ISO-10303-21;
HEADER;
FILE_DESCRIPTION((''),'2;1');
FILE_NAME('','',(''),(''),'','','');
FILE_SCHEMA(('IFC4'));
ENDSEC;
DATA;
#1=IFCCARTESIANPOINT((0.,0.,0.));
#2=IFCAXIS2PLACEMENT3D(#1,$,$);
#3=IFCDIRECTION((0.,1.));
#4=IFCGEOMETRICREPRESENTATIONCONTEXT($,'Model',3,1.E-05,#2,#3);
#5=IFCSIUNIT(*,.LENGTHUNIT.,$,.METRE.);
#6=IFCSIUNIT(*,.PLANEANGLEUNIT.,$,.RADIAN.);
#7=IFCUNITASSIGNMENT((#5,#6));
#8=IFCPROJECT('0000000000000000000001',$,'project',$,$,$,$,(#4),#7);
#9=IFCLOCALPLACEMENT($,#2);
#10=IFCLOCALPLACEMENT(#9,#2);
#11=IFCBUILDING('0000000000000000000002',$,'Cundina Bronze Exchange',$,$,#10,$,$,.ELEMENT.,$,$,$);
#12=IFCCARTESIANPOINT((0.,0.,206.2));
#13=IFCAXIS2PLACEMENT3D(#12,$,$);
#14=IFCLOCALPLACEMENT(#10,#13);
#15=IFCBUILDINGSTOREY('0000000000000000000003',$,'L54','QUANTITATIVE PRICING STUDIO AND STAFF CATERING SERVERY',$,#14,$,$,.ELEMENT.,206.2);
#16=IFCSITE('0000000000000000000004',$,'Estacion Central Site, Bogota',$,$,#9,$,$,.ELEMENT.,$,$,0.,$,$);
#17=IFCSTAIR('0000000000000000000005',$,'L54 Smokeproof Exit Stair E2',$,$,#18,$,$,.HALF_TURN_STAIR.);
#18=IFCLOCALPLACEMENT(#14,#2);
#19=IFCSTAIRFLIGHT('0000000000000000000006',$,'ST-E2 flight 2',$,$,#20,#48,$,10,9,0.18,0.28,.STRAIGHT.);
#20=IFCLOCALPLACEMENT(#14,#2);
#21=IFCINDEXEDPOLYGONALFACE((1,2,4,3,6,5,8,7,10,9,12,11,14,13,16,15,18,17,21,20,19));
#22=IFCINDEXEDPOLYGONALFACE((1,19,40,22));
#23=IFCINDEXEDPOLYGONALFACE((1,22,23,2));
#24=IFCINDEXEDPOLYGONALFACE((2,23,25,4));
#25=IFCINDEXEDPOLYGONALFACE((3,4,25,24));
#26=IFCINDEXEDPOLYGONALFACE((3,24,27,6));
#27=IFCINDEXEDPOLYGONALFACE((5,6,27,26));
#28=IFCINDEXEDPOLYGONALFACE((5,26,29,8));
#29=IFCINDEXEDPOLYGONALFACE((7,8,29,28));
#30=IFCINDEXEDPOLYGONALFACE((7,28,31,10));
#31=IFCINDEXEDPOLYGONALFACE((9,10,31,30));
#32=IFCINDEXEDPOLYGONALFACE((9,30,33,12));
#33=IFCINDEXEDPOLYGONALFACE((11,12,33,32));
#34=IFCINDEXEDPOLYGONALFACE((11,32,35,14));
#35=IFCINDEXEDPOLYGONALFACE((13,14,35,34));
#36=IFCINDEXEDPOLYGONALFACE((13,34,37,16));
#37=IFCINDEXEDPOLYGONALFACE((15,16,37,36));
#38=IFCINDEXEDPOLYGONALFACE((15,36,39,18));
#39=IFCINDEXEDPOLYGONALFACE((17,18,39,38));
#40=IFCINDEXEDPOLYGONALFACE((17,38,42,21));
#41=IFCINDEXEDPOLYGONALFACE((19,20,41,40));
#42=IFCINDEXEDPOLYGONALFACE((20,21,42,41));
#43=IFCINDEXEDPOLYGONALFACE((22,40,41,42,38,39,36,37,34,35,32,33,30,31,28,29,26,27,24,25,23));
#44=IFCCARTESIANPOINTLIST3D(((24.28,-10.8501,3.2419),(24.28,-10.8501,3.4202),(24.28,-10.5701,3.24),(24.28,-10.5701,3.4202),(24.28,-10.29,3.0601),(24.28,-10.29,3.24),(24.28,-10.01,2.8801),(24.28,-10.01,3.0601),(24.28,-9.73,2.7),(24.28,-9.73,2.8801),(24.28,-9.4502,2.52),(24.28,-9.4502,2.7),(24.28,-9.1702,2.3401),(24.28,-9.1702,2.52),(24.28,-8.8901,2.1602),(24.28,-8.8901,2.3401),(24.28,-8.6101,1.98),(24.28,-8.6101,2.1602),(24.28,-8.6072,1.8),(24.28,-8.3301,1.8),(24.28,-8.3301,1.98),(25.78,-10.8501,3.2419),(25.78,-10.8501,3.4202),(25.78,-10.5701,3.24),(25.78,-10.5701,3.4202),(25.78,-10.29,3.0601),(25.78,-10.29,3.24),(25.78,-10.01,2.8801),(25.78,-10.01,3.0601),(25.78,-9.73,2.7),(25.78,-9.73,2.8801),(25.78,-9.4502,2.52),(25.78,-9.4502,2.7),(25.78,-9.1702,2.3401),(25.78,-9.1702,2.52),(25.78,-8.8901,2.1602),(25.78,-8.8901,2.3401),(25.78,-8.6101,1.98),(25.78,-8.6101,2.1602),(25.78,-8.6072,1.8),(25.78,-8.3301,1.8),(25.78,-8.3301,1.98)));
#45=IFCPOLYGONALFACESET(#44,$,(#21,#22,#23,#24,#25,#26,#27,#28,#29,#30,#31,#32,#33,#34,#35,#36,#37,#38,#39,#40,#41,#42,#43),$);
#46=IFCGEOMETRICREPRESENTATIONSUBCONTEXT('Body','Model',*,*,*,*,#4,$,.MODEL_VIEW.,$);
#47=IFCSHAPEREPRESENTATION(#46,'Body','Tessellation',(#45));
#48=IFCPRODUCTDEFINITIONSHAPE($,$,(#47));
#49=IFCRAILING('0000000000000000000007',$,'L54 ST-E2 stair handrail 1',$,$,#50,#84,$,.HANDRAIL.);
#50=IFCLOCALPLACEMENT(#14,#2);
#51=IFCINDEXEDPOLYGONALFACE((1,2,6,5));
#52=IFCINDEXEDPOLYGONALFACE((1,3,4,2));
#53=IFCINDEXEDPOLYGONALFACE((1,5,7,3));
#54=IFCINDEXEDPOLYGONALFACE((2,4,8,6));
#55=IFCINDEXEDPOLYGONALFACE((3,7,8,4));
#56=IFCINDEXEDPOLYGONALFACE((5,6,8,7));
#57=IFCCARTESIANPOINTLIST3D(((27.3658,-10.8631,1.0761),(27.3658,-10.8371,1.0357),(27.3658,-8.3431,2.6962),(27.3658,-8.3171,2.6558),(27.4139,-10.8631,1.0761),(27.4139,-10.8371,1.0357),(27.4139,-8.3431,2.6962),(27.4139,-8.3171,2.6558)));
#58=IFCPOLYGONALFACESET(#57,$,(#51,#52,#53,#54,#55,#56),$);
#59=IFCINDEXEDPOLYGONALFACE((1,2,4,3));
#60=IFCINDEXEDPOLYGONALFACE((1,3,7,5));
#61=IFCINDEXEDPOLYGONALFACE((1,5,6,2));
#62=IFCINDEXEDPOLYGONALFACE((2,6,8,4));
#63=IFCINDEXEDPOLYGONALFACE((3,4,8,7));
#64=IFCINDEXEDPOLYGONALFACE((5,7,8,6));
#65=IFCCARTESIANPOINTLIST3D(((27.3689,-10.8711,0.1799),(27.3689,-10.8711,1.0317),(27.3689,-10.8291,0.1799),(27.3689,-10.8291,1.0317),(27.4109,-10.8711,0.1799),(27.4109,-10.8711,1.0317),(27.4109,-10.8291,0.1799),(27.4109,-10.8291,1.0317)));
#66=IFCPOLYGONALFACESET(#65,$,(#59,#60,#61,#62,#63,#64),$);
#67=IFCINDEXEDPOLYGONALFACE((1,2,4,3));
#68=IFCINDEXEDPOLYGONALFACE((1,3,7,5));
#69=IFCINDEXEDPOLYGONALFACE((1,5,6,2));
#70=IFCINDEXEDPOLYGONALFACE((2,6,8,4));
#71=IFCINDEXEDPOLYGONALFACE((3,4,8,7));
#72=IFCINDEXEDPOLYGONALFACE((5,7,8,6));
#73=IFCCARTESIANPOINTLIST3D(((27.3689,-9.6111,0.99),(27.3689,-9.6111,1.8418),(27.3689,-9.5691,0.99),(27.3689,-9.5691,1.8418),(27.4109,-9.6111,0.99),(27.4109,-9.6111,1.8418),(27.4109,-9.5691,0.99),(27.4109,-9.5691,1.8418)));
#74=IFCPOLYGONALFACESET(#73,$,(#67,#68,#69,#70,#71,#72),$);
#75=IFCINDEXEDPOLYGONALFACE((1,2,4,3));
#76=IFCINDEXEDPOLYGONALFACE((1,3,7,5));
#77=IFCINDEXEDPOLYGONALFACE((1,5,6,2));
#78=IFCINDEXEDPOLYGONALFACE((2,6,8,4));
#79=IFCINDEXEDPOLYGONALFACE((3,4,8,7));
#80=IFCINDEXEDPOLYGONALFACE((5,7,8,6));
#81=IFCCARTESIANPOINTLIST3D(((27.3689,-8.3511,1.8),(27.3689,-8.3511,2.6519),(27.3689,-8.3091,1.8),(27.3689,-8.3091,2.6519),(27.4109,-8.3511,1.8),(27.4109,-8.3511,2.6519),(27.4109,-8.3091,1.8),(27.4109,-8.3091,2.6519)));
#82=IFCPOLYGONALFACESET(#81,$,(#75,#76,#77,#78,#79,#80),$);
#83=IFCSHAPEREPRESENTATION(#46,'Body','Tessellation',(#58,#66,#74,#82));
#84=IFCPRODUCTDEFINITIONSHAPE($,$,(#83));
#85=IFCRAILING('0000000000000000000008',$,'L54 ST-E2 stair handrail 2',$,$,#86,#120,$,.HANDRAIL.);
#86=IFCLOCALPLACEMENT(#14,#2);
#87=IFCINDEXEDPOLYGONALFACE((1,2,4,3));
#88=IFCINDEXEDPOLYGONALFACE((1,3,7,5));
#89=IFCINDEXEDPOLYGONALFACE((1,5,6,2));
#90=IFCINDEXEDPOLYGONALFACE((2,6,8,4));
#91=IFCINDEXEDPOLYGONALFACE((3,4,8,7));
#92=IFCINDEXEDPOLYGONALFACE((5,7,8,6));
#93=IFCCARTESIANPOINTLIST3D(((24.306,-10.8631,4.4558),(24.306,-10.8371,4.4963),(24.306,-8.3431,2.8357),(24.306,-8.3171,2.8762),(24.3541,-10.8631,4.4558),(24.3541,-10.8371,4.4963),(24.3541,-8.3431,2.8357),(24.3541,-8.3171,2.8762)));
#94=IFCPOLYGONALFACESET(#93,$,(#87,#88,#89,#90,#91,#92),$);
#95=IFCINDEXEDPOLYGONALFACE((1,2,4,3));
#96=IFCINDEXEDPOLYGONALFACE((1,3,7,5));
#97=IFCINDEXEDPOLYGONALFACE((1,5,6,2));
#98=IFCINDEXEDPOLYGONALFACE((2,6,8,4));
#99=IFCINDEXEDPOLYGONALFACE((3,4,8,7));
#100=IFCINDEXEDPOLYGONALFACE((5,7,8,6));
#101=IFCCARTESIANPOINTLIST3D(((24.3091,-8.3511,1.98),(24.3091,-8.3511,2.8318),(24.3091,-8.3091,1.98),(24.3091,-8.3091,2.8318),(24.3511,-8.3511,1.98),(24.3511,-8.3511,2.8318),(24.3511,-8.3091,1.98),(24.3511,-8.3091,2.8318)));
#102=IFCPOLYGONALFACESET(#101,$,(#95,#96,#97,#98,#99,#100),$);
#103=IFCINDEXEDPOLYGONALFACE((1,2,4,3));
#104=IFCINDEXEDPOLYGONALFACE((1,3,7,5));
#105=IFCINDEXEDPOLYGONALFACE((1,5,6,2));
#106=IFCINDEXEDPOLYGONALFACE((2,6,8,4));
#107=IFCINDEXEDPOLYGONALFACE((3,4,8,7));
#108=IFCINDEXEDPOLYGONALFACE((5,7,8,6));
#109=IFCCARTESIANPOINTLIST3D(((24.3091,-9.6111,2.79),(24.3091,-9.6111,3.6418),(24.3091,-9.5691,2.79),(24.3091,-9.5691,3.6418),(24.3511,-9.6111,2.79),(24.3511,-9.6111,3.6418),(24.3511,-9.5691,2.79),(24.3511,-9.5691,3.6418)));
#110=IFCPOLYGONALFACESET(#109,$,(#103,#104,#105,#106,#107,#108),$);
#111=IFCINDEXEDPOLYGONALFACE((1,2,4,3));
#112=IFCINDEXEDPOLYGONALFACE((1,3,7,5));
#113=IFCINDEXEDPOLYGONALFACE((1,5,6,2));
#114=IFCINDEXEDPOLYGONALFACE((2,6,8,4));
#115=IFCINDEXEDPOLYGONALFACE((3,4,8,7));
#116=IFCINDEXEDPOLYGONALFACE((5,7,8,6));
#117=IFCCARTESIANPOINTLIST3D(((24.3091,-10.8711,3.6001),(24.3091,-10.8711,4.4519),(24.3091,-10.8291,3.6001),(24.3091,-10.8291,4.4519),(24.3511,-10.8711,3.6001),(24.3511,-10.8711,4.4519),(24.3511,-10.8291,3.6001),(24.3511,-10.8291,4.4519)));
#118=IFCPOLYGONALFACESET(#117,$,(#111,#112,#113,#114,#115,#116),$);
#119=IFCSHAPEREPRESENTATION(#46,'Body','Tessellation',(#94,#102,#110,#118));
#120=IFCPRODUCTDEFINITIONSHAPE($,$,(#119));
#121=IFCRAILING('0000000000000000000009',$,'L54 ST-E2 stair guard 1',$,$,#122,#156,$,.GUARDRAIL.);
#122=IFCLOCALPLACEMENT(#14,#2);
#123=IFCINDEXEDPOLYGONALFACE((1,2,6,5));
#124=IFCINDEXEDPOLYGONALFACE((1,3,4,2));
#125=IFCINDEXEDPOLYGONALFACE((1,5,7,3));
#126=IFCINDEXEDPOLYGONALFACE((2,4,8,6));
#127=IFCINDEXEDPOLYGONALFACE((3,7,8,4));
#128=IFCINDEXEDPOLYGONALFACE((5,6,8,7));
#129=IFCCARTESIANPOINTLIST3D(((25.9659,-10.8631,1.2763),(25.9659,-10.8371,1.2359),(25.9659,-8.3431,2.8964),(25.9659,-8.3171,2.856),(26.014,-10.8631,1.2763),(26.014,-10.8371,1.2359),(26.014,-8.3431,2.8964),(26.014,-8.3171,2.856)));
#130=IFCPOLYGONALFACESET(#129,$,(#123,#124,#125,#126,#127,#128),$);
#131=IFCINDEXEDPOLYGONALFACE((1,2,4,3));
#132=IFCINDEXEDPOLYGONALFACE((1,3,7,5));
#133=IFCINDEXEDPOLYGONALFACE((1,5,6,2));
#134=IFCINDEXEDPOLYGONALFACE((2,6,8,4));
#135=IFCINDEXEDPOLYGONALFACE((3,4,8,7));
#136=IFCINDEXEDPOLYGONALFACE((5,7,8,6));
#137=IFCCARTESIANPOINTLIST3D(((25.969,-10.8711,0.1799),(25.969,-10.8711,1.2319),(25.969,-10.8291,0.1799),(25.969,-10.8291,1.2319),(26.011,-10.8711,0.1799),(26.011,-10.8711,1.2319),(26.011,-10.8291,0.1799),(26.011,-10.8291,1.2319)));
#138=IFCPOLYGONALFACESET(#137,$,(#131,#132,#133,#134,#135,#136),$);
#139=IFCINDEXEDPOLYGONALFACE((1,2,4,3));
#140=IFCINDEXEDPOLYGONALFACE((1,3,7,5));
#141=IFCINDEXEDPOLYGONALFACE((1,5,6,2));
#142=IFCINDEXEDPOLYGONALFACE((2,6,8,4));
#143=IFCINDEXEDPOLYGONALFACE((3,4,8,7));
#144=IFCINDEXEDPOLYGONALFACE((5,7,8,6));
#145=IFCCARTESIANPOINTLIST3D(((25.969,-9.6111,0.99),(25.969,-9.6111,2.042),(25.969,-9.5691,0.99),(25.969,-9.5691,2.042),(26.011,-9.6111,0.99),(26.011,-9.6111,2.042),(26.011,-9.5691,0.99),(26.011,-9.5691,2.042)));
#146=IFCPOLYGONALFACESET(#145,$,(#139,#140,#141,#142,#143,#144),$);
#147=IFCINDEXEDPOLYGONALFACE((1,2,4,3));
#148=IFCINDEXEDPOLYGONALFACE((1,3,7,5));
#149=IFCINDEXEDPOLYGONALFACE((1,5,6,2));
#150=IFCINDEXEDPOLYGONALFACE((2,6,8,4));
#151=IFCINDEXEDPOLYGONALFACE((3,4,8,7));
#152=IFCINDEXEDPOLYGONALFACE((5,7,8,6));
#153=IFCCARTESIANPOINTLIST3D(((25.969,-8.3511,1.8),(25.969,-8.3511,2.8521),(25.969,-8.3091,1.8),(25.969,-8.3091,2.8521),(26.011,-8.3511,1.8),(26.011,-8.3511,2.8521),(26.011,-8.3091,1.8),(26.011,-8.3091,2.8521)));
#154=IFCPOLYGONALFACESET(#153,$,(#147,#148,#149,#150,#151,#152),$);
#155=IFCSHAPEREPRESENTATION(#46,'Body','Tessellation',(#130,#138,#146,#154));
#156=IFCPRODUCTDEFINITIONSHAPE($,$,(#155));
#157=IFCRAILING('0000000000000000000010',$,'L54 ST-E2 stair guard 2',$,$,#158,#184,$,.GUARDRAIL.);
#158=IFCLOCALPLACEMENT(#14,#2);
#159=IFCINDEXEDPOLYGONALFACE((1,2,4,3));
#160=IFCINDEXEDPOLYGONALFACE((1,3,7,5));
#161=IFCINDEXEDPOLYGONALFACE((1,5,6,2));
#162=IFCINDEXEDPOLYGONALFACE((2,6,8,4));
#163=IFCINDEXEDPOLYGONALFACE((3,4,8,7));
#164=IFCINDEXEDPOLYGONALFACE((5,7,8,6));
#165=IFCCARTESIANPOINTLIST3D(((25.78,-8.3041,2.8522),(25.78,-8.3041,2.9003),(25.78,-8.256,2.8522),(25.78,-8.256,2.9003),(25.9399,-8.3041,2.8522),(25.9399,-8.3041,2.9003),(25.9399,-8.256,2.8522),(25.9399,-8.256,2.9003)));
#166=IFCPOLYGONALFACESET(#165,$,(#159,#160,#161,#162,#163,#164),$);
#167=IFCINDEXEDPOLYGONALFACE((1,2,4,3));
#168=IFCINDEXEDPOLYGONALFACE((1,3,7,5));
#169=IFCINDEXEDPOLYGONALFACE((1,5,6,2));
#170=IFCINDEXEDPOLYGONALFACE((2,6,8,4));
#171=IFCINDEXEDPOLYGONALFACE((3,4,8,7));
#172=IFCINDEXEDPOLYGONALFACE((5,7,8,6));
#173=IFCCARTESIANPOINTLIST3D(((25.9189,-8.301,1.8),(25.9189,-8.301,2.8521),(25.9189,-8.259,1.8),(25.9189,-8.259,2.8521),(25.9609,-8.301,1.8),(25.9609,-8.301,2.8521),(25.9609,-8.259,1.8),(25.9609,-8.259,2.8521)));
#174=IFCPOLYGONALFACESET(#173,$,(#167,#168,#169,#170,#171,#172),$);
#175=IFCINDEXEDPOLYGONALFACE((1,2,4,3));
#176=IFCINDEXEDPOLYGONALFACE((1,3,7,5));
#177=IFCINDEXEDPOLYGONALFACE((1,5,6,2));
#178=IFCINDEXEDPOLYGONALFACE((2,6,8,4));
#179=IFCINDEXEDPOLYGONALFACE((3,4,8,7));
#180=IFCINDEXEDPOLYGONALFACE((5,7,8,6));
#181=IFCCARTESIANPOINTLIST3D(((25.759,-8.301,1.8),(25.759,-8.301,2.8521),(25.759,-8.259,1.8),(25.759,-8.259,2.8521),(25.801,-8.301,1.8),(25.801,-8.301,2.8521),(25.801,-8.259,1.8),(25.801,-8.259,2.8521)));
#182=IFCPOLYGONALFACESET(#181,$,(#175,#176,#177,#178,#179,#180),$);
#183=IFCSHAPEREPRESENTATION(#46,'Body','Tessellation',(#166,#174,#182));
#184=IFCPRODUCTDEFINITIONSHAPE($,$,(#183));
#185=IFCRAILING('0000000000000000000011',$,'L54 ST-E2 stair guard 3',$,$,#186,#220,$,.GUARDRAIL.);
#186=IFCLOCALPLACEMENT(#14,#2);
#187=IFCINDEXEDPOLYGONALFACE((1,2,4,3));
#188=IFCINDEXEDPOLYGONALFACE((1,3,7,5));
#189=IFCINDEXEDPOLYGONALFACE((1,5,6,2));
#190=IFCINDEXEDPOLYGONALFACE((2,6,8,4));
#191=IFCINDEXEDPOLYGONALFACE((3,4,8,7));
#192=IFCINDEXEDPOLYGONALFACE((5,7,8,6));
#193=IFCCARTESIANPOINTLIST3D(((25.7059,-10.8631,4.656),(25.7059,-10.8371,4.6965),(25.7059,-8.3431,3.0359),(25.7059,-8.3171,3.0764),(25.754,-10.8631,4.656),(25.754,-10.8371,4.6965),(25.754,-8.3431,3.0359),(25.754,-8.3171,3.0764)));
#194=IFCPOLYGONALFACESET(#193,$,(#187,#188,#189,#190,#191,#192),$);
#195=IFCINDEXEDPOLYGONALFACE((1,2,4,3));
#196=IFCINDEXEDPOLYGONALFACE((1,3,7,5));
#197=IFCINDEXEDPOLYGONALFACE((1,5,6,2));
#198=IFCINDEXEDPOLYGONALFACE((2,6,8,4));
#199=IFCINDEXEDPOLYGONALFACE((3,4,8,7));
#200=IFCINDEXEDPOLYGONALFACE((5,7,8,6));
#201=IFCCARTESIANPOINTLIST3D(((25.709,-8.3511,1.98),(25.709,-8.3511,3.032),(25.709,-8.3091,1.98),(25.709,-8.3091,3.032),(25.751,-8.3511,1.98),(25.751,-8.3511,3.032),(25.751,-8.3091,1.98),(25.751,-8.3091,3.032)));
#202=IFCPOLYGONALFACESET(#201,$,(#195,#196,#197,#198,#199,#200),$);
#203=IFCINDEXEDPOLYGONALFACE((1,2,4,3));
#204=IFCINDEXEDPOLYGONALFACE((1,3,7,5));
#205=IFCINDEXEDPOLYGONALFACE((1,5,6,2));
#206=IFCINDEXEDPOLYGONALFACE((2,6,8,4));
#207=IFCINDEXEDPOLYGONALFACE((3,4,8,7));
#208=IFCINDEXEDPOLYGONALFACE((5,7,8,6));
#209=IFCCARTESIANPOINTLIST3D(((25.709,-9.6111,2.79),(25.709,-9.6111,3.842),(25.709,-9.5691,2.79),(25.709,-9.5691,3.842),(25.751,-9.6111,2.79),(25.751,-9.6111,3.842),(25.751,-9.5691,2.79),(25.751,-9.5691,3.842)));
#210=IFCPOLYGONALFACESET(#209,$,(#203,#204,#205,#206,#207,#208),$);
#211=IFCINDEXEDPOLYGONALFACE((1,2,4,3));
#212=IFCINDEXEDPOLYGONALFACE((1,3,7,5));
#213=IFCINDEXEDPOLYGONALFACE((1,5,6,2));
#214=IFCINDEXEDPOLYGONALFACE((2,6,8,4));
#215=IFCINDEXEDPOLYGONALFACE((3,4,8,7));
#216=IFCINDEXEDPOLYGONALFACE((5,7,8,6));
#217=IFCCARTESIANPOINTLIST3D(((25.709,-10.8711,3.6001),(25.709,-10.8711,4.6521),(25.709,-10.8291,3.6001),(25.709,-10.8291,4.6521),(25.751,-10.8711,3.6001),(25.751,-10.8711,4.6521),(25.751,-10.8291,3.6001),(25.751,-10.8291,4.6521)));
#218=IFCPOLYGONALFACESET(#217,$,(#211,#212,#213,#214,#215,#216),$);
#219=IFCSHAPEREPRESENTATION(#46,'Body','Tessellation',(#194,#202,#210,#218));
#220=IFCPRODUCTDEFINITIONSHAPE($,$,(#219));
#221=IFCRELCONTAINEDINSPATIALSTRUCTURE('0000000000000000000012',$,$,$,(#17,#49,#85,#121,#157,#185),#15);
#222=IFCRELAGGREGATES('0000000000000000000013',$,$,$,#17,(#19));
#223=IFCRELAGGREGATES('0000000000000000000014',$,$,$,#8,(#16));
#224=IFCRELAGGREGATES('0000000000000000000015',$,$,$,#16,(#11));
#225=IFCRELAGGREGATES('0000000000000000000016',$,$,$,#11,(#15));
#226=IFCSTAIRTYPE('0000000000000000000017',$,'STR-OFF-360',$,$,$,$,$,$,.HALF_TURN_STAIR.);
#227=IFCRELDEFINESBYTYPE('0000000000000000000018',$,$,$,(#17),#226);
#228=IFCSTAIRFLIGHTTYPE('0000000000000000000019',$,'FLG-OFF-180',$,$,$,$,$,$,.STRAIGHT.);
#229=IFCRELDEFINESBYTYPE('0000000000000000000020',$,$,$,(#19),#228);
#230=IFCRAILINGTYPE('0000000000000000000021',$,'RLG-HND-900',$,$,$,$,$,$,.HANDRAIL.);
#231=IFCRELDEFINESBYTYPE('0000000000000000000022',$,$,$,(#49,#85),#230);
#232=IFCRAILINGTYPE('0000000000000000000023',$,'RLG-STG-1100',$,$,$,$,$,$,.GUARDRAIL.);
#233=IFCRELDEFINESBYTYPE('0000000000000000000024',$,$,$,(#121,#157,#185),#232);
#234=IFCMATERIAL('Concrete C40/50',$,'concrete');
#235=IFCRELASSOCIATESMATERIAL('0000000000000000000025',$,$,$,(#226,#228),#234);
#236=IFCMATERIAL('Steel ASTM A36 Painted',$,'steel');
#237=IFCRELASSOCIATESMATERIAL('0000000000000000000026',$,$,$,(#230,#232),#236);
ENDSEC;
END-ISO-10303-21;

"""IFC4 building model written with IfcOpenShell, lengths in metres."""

from ifc_helpers import new_model, si_unit, direction, frame, origin, origin_2d, place, context, subcontext, project, spatial, polyline, rectangle, outline, extrude, material, type_object, element, aggregate, save


model = new_model("IFC4")

# Units and contexts
model_context = context("Model", 3, precision=1e-05, world=origin(), true_north=direction((0.0, 1.0)))
body_context = subcontext(model_context, "Body", "Model", "MODEL_VIEW")
ifc_project = project(units=[si_unit("LENGTHUNIT", "METRE"), si_unit("PLANEANGLEUNIT", "RADIAN")], contexts=[model_context])

# Site, building, storey
site_placement = place(None, origin())
site = spatial("IfcSite", under=ifc_project, at=site_placement, Name="Estacion Central Site, Bogota", CompositionType="ELEMENT", RefElevation=0.0)
building_placement = place(site_placement, origin())
building = spatial("IfcBuilding", under=site, at=building_placement, Name="Cundina Bronze Exchange", CompositionType="ELEMENT")
storey_placement = place(building_placement, frame((0.0, 0.0, 206.2)))
storey = spatial("IfcBuildingStorey", under=building, at=storey_placement, Name="L54", Description="QUANTITATIVE PRICING STUDIO AND STAFF CATERING SERVERY", CompositionType="ELEMENT", Elevation=206.2)

# Shared definitions
ifc_material_1 = material(Name="Steel ASTM A36 Painted", Category="steel")

# Stair, stair flight
ifc_material_2 = material(Name="Concrete C40/50", Category="concrete")
stair_type = type_object("IfcStairType", Name="STR-OFF-360", PredefinedType="HALF_TURN_STAIR", material=ifc_material_2)
stair_placement = place(storey_placement, origin())
stair = element("IfcStair", 1, at=stair_placement, inside=storey, type_object=stair_type, Name="L54 Smokeproof Exit Stair E2", PredefinedType="HALF_TURN_STAIR")
stair_flight_type = type_object("IfcStairFlightType", Name="FLG-OFF-180", PredefinedType="STRAIGHT", material=ifc_material_2)
stair_flight_1_placement = place(storey_placement, frame((25.03, -8.3301, 1.8), z_axis=(0.0, 0.0, 1.0), x_axis=(0.0, -1.0, 0.0)))
stair_flight_1 = element("IfcStairFlight", 2, at=stair_flight_1_placement, type_object=stair_flight_type, Name="ST-E2 flight 2", NumberOfRisers=10, NumberOfTreads=9, PredefinedType="STRAIGHT", RiserHeight=0.18, TreadLength=0.28, context=body_context, shape_type="SweptSolid", body=[
    extrude(outline(polyline([(0.0, 0.0), (0.0, 0.1799), (0.28, 0.1799), (0.28, 0.3601), (0.5601, 0.3601), (0.5601, 0.54), (0.8401, 0.54), (0.8401, 0.72), (1.1201, 0.72), (1.1201, 0.8999), (1.3999, 0.8999), (1.3999, 1.0801), (1.6799, 1.0801), (1.6799, 1.26), (1.96, 1.26), (1.96, 1.4399), (2.24, 1.4399), (2.24, 1.6201), (2.52, 1.6201), (2.52, 1.8), (2.52, 1.4419), (0.2771, 0.0), (0.0, 0.0)])), frame((0.0, 0.75, 0.0), z_axis=(0.0, -1.0, 0.0), x_axis=(1.0, 0.0, 0.0)), (0.0, 0.0, 1.0), 1.5),
])
aggregate(stair, [stair_flight_1])

# Railings
railing_type_1 = type_object("IfcRailingType", Name="RLG-HND-900", PredefinedType="HANDRAIL", material=ifc_material_1)
railing_1_placement = place(storey_placement, frame((27.3899, -10.8501, 0.1799)))
element("IfcRailing", 3, at=railing_1_placement, inside=storey, type_object=railing_type_1, Name="L54 ST-E2 stair handrail 1", PredefinedType="HANDRAIL", context=body_context, shape_type="SweptSolid", body=[
    extrude(rectangle(XDim=0.0481, YDim=0.0481, at=origin_2d()), frame((0.0, 0.0, 0.876), z_axis=(0.0, 0.841163, 0.540782), x_axis=(-1.0, 0.0, 0.0)), (0.0, 0.0, 1.0), 2.9958),
    extrude(rectangle(XDim=0.042, YDim=0.042, at=origin_2d()), origin(), (0.0, 0.0, 1.0), 0.8518),
    extrude(rectangle(XDim=0.042, YDim=0.042, at=origin_2d()), frame((0.0, 1.26, 0.8101)), (0.0, 0.0, 1.0), 0.8518),
    extrude(rectangle(XDim=0.042, YDim=0.042, at=origin_2d()), frame((0.0, 2.52, 1.6201)), (0.0, 0.0, 1.0), 0.8518),
])
railing_2_placement = place(storey_placement, frame((24.3301, -8.3301, 1.98)))
element("IfcRailing", 4, at=railing_2_placement, inside=storey, type_object=railing_type_1, Name="L54 ST-E2 stair handrail 2", PredefinedType="HANDRAIL", context=body_context, shape_type="SweptSolid", body=[
    extrude(rectangle(XDim=0.0481, YDim=0.0481, at=origin_2d()), frame((0.0, 0.0, 0.876), z_axis=(0.0, -0.841163, 0.540782), x_axis=(1.0, 0.0, 0.0)), (0.0, 0.0, 1.0), 2.9958),
    extrude(rectangle(XDim=0.042, YDim=0.042, at=origin_2d()), origin(), (0.0, 0.0, 1.0), 0.8518),
    extrude(rectangle(XDim=0.042, YDim=0.042, at=origin_2d()), frame((0.0, -1.26, 0.8101)), (0.0, 0.0, 1.0), 0.8518),
    extrude(rectangle(XDim=0.042, YDim=0.042, at=origin_2d()), frame((0.0, -2.52, 1.6201)), (0.0, 0.0, 1.0), 0.8518),
])
railing_type_2 = type_object("IfcRailingType", Name="RLG-STG-1100", PredefinedType="GUARDRAIL", material=ifc_material_1)
railing_3_placement = place(storey_placement, frame((25.99, -10.8501, 0.1799)))
element("IfcRailing", 5, at=railing_3_placement, inside=storey, type_object=railing_type_2, Name="L54 ST-E2 stair guard 1", PredefinedType="GUARDRAIL", context=body_context, shape_type="SweptSolid", body=[
    extrude(rectangle(XDim=0.0481, YDim=0.0481, at=origin_2d()), frame((0.0, 0.0, 1.0762), z_axis=(0.0, 0.841163, 0.540782), x_axis=(-1.0, 0.0, 0.0)), (0.0, 0.0, 1.0), 2.9958),
    extrude(rectangle(XDim=0.042, YDim=0.042, at=origin_2d()), origin(), (0.0, 0.0, 1.0), 1.052),
    extrude(rectangle(XDim=0.042, YDim=0.042, at=origin_2d()), frame((0.0, 1.26, 0.8101)), (0.0, 0.0, 1.0), 1.052),
    extrude(rectangle(XDim=0.042, YDim=0.042, at=origin_2d()), frame((0.0, 2.52, 1.6201)), (0.0, 0.0, 1.0), 1.052),
])
railing_4_placement = place(storey_placement, frame((25.9399, -8.28, 1.8)))
element("IfcRailing", 6, at=railing_4_placement, inside=storey, type_object=railing_type_2, Name="L54 ST-E2 stair guard 2", PredefinedType="GUARDRAIL", context=body_context, shape_type="SweptSolid", body=[
    extrude(rectangle(XDim=0.0481, YDim=0.0481, at=origin_2d()), frame((0.0, 0.0, 1.0762), z_axis=(-1.0, 0.0, 0.0), x_axis=(0.0, -1.0, 0.0)), (0.0, 0.0, 1.0), 0.1599),
    extrude(rectangle(XDim=0.042, YDim=0.042, at=origin_2d()), origin(), (0.0, 0.0, 1.0), 1.052),
    extrude(rectangle(XDim=0.042, YDim=0.042, at=origin_2d()), frame((-0.1599, 0.0, 0.0)), (0.0, 0.0, 1.0), 1.052),
])
railing_5_placement = place(storey_placement, frame((25.73, -8.3301, 1.98)))
element("IfcRailing", 7, at=railing_5_placement, inside=storey, type_object=railing_type_2, Name="L54 ST-E2 stair guard 3", PredefinedType="GUARDRAIL", context=body_context, shape_type="SweptSolid", body=[
    extrude(rectangle(XDim=0.0481, YDim=0.0481, at=origin_2d()), frame((0.0, 0.0, 1.0762), z_axis=(0.0, -0.841163, 0.540782), x_axis=(1.0, 0.0, 0.0)), (0.0, 0.0, 1.0), 2.9958),
    extrude(rectangle(XDim=0.042, YDim=0.042, at=origin_2d()), origin(), (0.0, 0.0, 1.0), 1.052),
    extrude(rectangle(XDim=0.042, YDim=0.042, at=origin_2d()), frame((0.0, -1.26, 0.8101)), (0.0, 0.0, 1.0), 1.052),
    extrude(rectangle(XDim=0.042, YDim=0.042, at=origin_2d()), frame((0.0, -2.52, 1.6201)), (0.0, 0.0, 1.0), 1.052),
])

save(model, "model.ifc")
